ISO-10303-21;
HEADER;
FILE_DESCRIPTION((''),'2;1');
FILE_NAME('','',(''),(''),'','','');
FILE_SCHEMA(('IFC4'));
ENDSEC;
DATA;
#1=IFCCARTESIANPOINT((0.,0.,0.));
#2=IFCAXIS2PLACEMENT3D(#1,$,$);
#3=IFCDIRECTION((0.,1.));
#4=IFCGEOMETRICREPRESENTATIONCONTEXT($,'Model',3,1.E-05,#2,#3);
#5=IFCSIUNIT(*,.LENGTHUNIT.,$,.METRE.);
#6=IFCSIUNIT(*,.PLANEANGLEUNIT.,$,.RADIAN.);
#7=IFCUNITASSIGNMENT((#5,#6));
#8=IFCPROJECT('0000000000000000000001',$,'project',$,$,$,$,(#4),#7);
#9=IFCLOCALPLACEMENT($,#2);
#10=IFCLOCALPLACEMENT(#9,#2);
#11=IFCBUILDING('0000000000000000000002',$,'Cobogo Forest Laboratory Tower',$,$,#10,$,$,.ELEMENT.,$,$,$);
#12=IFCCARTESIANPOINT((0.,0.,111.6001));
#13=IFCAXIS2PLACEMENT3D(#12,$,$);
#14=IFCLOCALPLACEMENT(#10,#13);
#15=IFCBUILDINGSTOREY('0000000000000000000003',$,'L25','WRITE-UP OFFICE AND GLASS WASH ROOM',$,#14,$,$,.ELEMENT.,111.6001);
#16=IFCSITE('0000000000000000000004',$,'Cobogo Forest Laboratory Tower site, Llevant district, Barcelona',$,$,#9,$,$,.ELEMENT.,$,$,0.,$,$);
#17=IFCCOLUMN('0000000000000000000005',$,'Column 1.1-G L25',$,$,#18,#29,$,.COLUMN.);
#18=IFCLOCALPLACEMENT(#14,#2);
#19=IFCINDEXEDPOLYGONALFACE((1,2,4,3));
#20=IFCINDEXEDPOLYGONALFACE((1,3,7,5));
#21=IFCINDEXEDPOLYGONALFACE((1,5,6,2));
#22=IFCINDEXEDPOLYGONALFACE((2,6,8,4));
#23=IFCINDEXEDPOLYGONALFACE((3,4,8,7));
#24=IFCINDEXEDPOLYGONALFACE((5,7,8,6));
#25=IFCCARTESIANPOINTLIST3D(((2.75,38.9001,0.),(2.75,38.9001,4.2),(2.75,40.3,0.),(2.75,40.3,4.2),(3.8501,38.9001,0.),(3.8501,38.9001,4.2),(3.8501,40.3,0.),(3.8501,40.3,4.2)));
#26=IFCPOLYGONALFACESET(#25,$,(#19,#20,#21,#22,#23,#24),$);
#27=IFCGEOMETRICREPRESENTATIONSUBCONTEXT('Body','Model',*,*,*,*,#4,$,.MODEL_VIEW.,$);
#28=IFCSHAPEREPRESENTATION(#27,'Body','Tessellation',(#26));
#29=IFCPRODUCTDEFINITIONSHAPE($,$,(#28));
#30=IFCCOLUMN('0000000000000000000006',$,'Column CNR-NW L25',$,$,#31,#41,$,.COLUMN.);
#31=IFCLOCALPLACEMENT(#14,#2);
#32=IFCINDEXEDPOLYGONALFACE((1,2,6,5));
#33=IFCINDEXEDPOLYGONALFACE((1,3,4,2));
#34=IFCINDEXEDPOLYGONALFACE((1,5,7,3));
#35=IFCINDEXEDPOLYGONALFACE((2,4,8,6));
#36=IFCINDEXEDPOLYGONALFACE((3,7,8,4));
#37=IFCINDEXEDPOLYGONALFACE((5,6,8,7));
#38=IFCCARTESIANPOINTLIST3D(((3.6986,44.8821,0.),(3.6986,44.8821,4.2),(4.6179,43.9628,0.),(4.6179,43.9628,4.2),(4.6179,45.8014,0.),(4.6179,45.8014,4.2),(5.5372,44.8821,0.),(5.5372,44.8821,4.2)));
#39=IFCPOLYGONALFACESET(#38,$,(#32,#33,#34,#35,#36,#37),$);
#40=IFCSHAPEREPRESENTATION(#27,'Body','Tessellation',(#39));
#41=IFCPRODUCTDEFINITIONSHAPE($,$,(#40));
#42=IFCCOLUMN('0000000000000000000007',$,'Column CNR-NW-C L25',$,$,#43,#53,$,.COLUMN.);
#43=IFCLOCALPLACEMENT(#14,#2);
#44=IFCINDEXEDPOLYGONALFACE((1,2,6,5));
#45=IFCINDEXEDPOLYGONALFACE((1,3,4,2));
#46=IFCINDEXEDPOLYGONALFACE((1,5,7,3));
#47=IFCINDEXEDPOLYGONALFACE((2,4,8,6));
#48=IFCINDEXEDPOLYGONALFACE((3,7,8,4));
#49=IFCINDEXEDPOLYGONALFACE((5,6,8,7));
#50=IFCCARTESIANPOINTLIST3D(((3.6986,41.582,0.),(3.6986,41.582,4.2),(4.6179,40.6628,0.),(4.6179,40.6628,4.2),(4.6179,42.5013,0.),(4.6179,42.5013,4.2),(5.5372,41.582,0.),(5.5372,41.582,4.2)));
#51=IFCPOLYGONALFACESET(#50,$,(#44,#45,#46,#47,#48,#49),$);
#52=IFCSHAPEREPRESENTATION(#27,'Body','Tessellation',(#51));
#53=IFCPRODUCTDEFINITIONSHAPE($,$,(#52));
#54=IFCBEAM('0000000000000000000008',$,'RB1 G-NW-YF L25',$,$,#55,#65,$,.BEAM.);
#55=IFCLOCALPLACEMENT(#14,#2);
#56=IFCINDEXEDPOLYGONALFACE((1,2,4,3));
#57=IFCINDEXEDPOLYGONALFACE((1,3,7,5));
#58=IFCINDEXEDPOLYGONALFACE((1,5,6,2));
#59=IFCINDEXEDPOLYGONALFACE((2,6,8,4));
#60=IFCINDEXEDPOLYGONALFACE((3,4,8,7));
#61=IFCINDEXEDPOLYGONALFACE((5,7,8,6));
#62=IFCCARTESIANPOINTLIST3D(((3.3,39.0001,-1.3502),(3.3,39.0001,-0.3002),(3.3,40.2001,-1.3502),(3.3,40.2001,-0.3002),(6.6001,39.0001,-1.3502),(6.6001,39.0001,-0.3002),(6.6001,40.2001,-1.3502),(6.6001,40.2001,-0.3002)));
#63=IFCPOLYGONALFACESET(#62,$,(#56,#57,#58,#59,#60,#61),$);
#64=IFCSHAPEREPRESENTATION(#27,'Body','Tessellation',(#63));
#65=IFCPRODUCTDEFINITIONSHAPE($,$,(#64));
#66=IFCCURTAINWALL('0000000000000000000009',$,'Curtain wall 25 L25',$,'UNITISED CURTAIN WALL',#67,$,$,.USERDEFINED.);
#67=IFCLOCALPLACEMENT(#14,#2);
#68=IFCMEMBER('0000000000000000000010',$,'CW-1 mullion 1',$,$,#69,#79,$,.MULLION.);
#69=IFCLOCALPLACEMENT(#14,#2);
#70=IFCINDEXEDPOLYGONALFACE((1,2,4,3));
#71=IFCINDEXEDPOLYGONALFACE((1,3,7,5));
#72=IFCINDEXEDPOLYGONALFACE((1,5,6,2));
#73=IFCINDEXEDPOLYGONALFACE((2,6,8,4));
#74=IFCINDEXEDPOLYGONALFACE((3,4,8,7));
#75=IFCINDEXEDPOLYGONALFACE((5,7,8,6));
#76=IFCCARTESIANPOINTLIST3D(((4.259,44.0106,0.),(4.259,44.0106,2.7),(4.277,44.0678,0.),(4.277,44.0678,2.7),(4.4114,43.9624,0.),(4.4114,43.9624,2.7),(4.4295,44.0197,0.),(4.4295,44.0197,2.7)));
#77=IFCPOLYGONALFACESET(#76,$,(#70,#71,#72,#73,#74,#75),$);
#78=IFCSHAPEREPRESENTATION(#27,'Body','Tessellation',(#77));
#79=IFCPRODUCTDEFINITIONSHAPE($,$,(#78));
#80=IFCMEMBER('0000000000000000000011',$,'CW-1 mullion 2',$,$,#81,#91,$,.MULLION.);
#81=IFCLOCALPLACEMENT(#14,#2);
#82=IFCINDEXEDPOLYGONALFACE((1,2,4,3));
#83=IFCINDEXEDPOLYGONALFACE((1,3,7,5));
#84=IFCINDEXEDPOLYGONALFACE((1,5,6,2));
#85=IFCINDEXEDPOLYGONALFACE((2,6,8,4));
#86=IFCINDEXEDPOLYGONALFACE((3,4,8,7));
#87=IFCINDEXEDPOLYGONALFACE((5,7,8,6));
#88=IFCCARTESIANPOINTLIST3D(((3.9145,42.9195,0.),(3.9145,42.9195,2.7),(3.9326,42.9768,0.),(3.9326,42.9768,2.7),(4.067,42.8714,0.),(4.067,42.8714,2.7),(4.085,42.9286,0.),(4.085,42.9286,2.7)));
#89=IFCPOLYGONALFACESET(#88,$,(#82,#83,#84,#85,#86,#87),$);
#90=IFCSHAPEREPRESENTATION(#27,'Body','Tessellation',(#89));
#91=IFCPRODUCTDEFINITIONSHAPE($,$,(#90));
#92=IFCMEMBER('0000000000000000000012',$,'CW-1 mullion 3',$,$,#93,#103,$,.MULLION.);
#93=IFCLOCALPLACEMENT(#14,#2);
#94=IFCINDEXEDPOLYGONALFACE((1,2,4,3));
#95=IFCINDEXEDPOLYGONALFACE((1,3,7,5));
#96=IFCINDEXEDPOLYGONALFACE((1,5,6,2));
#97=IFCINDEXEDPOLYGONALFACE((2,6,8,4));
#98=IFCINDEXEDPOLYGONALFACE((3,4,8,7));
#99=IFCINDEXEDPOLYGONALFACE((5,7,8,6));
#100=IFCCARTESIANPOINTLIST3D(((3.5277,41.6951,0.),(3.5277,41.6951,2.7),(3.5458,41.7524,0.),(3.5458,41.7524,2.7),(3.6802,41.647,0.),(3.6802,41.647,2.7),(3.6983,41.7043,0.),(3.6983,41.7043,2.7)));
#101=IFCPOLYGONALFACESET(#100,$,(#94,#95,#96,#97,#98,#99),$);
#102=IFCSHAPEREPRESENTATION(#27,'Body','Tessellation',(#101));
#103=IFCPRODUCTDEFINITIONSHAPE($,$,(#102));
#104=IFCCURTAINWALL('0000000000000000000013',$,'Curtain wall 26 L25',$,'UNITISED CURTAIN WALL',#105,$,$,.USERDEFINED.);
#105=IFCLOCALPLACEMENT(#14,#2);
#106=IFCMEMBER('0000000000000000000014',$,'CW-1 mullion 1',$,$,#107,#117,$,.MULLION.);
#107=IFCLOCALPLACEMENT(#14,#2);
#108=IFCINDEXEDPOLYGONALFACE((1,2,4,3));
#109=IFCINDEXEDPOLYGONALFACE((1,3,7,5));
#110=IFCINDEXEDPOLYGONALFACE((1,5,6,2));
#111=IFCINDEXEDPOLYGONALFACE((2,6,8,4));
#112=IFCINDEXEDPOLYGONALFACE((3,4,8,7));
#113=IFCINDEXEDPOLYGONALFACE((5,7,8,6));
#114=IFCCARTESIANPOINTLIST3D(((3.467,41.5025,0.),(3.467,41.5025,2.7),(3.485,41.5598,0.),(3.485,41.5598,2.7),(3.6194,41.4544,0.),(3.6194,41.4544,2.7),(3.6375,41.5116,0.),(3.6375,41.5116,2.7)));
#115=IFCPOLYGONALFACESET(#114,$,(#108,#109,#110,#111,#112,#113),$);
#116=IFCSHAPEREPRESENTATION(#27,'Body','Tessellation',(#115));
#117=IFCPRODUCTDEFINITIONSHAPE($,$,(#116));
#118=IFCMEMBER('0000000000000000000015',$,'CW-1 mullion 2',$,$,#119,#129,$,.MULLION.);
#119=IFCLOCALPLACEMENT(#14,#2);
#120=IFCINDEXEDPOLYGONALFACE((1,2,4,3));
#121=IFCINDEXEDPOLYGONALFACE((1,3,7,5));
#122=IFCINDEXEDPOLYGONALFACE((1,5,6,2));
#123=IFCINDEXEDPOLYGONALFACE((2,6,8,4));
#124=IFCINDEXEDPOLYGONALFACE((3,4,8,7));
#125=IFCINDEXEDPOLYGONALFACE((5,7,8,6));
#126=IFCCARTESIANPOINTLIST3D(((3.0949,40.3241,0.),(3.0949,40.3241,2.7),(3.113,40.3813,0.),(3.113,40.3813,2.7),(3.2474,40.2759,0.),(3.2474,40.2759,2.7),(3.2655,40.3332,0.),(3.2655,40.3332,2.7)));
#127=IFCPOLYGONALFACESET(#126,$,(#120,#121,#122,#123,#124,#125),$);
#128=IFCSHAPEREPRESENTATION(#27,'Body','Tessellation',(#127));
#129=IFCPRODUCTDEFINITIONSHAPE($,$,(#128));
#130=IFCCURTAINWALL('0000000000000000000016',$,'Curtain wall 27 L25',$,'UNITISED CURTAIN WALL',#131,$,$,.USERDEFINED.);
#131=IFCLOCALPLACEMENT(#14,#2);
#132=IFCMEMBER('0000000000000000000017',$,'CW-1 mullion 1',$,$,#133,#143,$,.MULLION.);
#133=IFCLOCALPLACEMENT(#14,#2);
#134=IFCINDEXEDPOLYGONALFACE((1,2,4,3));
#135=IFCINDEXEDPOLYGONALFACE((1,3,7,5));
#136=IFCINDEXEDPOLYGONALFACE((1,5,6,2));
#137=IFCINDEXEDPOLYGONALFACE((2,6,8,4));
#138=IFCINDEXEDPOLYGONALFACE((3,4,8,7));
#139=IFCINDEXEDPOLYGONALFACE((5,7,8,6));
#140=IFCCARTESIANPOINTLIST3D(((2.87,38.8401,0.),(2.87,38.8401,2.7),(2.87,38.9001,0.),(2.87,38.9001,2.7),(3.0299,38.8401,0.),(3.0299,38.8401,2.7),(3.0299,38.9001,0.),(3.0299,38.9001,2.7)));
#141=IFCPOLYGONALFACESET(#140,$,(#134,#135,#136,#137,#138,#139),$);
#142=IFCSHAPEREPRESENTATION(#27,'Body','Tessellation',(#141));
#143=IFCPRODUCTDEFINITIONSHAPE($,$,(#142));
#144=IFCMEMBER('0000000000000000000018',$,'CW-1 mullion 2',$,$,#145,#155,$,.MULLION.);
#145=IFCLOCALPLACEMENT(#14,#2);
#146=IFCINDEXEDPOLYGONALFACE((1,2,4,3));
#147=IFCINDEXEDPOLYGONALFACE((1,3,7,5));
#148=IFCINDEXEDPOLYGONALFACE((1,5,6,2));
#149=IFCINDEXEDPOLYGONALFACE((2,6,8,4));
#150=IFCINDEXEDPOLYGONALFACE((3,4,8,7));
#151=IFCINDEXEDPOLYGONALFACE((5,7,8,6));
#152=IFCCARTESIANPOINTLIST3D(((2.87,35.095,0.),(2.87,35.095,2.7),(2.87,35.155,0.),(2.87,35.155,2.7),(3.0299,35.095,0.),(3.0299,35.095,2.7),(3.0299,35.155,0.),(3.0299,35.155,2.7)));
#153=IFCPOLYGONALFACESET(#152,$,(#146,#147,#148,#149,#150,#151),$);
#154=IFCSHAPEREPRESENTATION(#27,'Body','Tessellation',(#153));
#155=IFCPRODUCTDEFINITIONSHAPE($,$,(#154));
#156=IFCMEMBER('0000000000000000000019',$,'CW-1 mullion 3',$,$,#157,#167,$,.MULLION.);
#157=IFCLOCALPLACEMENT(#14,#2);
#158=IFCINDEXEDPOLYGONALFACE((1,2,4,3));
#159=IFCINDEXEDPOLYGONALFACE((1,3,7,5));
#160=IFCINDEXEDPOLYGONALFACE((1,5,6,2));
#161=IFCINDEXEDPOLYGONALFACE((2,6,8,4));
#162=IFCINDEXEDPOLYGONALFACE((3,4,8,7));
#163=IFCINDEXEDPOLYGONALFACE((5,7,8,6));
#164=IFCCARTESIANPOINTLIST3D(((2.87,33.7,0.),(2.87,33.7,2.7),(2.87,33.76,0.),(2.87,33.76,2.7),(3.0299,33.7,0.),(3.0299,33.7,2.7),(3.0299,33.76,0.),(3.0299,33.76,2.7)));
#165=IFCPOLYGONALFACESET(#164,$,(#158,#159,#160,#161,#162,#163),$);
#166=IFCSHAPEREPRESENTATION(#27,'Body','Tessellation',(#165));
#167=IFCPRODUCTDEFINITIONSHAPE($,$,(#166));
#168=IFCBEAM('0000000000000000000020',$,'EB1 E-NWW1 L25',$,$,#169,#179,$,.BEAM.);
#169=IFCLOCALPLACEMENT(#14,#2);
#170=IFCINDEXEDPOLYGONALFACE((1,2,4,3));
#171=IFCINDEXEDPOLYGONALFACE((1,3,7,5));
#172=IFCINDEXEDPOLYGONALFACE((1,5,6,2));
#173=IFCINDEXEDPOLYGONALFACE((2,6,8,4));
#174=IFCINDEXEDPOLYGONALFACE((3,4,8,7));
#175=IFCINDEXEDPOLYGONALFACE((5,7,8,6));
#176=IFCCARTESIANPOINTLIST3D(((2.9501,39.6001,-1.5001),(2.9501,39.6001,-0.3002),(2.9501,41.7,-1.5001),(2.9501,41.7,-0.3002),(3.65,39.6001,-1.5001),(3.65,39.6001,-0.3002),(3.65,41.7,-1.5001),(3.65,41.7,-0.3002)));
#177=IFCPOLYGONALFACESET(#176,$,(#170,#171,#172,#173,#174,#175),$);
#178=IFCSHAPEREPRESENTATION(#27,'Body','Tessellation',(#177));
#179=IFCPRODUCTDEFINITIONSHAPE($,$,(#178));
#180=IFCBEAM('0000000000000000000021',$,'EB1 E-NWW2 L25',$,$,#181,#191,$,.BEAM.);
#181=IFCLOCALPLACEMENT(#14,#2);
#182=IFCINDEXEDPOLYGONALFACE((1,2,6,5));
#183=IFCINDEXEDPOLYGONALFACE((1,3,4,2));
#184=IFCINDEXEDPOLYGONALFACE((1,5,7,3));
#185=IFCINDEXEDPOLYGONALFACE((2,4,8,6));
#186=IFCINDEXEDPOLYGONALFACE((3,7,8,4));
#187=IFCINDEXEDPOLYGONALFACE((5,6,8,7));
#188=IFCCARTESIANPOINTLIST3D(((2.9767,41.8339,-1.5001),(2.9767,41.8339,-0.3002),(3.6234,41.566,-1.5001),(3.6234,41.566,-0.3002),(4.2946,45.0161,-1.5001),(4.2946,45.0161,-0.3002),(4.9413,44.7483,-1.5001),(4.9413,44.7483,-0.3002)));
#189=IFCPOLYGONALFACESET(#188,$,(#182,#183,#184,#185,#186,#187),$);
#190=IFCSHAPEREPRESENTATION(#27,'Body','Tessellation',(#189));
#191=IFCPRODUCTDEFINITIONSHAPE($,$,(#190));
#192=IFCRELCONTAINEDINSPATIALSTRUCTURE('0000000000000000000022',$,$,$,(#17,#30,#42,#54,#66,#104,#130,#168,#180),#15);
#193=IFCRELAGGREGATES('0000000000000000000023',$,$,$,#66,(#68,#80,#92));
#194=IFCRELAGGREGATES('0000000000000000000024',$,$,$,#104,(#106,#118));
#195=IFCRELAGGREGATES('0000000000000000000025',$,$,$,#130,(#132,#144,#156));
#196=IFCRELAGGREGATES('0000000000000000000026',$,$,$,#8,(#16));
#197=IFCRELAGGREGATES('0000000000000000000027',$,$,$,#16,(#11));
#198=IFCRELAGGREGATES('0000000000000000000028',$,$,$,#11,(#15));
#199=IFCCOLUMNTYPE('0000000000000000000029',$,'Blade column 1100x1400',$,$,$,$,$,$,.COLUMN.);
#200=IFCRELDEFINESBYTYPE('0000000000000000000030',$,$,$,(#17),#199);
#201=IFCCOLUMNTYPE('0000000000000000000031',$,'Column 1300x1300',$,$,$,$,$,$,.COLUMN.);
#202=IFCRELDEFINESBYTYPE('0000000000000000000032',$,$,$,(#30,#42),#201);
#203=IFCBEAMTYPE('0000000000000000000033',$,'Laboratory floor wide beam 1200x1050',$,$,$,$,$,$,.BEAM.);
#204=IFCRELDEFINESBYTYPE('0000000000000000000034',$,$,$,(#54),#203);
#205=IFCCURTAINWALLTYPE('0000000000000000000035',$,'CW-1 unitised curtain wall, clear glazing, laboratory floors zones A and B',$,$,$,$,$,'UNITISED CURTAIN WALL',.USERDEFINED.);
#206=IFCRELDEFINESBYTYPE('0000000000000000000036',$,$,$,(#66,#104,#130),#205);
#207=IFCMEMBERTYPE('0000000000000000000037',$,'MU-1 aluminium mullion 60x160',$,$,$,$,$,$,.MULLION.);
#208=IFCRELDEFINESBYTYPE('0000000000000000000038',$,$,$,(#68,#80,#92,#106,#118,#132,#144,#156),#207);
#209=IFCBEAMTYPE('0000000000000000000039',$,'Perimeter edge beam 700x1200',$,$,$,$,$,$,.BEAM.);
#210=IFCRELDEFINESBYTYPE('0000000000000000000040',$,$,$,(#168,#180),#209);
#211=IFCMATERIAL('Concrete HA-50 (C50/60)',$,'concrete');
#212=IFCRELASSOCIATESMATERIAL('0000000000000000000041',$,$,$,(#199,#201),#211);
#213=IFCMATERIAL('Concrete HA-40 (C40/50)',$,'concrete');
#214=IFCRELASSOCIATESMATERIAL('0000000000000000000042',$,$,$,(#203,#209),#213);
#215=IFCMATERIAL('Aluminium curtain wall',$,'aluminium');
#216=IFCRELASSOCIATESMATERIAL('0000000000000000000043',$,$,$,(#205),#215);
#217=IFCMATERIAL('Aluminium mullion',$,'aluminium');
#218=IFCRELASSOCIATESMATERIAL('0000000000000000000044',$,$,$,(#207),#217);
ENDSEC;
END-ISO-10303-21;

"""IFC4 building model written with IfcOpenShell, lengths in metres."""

from ifc_helpers import new_model, si_unit, direction, frame, origin, origin_2d, place, context, subcontext, project, spatial, rectangle, extrude, material, material_profile, profile_set, type_object, element, aggregate, save


model = new_model("IFC4")

# Units and contexts
model_context = context("Model", 3, precision=1e-05, world=origin(), true_north=direction((0.0, 1.0)))
body_context = subcontext(model_context, "Body", "Model", "MODEL_VIEW")
ifc_project = project(units=[si_unit("LENGTHUNIT", "METRE"), si_unit("PLANEANGLEUNIT", "RADIAN")], contexts=[model_context])

# Site, building, storey
site_placement = place(None, origin())
site = spatial("IfcSite", under=ifc_project, at=site_placement, Name="Cobogo Forest Laboratory Tower site, Llevant district, Barcelona", CompositionType="ELEMENT", RefElevation=0.0)
building_placement = place(site_placement, origin())
building = spatial("IfcBuilding", under=site, at=building_placement, Name="Cobogo Forest Laboratory Tower", CompositionType="ELEMENT")
storey_placement = place(building_placement, frame((0.0, 0.0, 111.6001)))
storey = spatial("IfcBuildingStorey", under=building, at=storey_placement, Name="L25", Description="WRITE-UP OFFICE AND GLASS WASH ROOM", CompositionType="ELEMENT", Elevation=111.6001)

# Columns
ifc_material_1 = material(Name="Concrete HA-50 (C50/60)", Category="concrete")
ifc_material_profile_1 = material_profile(ifc_material_1, rectangle(XDim=1.3999, YDim=1.1001, at=origin_2d()), Name="RC 1100x1400")
ifc_profile_set_1 = profile_set([ifc_material_profile_1], Name="Concrete HA-50 (C50/60)")
column_type_1 = type_object("IfcColumnType", Name="Blade column 1100x1400", PredefinedType="COLUMN", material=ifc_profile_set_1)
column_placement = place(storey_placement, frame((3.3, 39.6001, 0.0), z_axis=(0.0, 0.0, 1.0), x_axis=(0.0, 1.0, 0.0)))
element("IfcColumn", 1, at=column_placement, inside=storey, type_object=column_type_1, Name="Column 1.1-G L25", PredefinedType="COLUMN", context=body_context, shape_type="SweptSolid", body=[
    extrude(rectangle(XDim=1.3999, YDim=1.1001, at=origin_2d()), origin(), (0.0, 0.0, 1.0), 4.2),
])
ifc_material_profile_2 = material_profile(ifc_material_1, rectangle(XDim=1.3, YDim=1.3, at=origin_2d()), Name="RC 1300x1300")
ifc_profile_set_2 = profile_set([ifc_material_profile_2], Name="Concrete HA-50 (C50/60)")
column_type_2 = type_object("IfcColumnType", Name="Column 1300x1300", PredefinedType="COLUMN", material=ifc_profile_set_2)
for number, where, z_axis, x_axis, name in (
    (2, (4.6179, 44.8821, 0.0), (0.0, 0.0, 1.0), (0.707107, 0.707107, 0.0), "Column CNR-NW L25"),
    (3, (4.6179, 41.582, 0.0), (0.0, 0.0, 1.0), (0.707107, 0.707107, 0.0), "Column CNR-NW-C L25"),
):
    element("IfcColumn", number, at=place(storey_placement, frame(where, z_axis=z_axis, x_axis=x_axis)), inside=storey, type_object=column_type_2, Name=name, PredefinedType="COLUMN", context=body_context, shape_type="SweptSolid", body=[
        extrude(rectangle(XDim=1.3, YDim=1.3, at=origin_2d()), origin(), (0.0, 0.0, 1.0), 4.2),
    ])

# Beam
ifc_material_2 = material(Name="Concrete HA-40 (C40/50)", Category="concrete")
ifc_material_profile_3 = material_profile(ifc_material_2, rectangle(XDim=1.2, YDim=1.05, at=origin_2d()), Name="RC 1200x1050")
ifc_profile_set_3 = profile_set([ifc_material_profile_3], Name="Concrete HA-40 (C40/50)")
beam_type_1 = type_object("IfcBeamType", Name="Laboratory floor wide beam 1200x1050", PredefinedType="BEAM", material=ifc_profile_set_3)
beam_1_placement = place(storey_placement, frame((3.3, 39.6001, -0.8252), z_axis=(1.0, 0.0, 0.0), x_axis=(0.0, 1.0, 0.0)))
element("IfcBeam", 4, at=beam_1_placement, inside=storey, type_object=beam_type_1, Name="RB1 G-NW-YF L25", PredefinedType="BEAM", context=body_context, shape_type="SweptSolid", body=[
    extrude(rectangle(XDim=1.2, YDim=1.05, at=origin_2d()), origin(), (0.0, 0.0, 1.0), 3.3),
])

# Curtain walls, members
ifc_material_3 = material(Name="Aluminium curtain wall", Category="aluminium")
curtain_wall_type = type_object("IfcCurtainWallType", Name="CW-1 unitised curtain wall, clear glazing, laboratory floors zones A and B", ElementType="UNITISED CURTAIN WALL", PredefinedType="USERDEFINED", material=ifc_material_3)
curtain_wall_1_placement = place(storey_placement, origin())
curtain_wall_1 = element("IfcCurtainWall", 5, at=curtain_wall_1_placement, inside=storey, type_object=curtain_wall_type, Name="Curtain wall 25 L25", ObjectType="UNITISED CURTAIN WALL", PredefinedType="USERDEFINED")
ifc_material_4 = material(Name="Aluminium mullion", Category="aluminium")
ifc_material_profile_4 = material_profile(ifc_material_4, rectangle(XDim=0.0601, YDim=0.1599, at=origin_2d()), Name="AL 60x160")
ifc_profile_set_4 = profile_set([ifc_material_profile_4], Name="Aluminium mullion")
member_type_1 = type_object("IfcMemberType", Name="MU-1 aluminium mullion 60x160", PredefinedType="MULLION", material=ifc_profile_set_4)
member_1_placement = place(storey_placement, frame((4.3442, 44.0151, 0.0), z_axis=(0.0, 0.0, 1.0), x_axis=(-0.301135, -0.953581, 0.0)))
member_1 = element("IfcMember", 6, at=member_1_placement, type_object=member_type_1, Name="CW-1 mullion 1", PredefinedType="MULLION", context=body_context, shape_type="SweptSolid", body=[
    extrude(rectangle(XDim=0.0601, YDim=0.1599, at=origin_2d()), origin(), (0.0, 0.0, 1.0), 2.7),
])
member_2_placement = place(storey_placement, frame((3.9998, 42.9241, 0.0), z_axis=(0.0, 0.0, 1.0), x_axis=(-0.301135, -0.953581, 0.0)))
member_2 = element("IfcMember", 7, at=member_2_placement, type_object=member_type_1, Name="CW-1 mullion 2", PredefinedType="MULLION", context=body_context, shape_type="SweptSolid", body=[
    extrude(rectangle(XDim=0.0601, YDim=0.1599, at=origin_2d()), origin(), (0.0, 0.0, 1.0), 2.7),
])
member_3_placement = place(storey_placement, frame((3.613, 41.6997, 0.0), z_axis=(0.0, 0.0, 1.0), x_axis=(-0.301135, -0.953581, 0.0)))
member_3 = element("IfcMember", 8, at=member_3_placement, type_object=member_type_1, Name="CW-1 mullion 3", PredefinedType="MULLION", context=body_context, shape_type="SweptSolid", body=[
    extrude(rectangle(XDim=0.0601, YDim=0.1599, at=origin_2d()), origin(), (0.0, 0.0, 1.0), 2.7),
])
curtain_wall_2_placement = place(storey_placement, origin())
curtain_wall_2 = element("IfcCurtainWall", 9, at=curtain_wall_2_placement, inside=storey, type_object=curtain_wall_type, Name="Curtain wall 26 L25", ObjectType="UNITISED CURTAIN WALL", PredefinedType="USERDEFINED")
member_4_placement = place(storey_placement, frame((3.5522, 41.5071, 0.0), z_axis=(0.0, 0.0, 1.0), x_axis=(-0.301135, -0.953581, 0.0)))
member_4 = element("IfcMember", 10, at=member_4_placement, type_object=member_type_1, Name="CW-1 mullion 1", PredefinedType="MULLION", context=body_context, shape_type="SweptSolid", body=[
    extrude(rectangle(XDim=0.0601, YDim=0.1599, at=origin_2d()), origin(), (0.0, 0.0, 1.0), 2.7),
])
member_5_placement = place(storey_placement, frame((3.1802, 40.3286, 0.0), z_axis=(0.0, 0.0, 1.0), x_axis=(-0.301135, -0.953581, 0.0)))
member_5 = element("IfcMember", 11, at=member_5_placement, type_object=member_type_1, Name="CW-1 mullion 2", PredefinedType="MULLION", context=body_context, shape_type="SweptSolid", body=[
    extrude(rectangle(XDim=0.0601, YDim=0.1599, at=origin_2d()), origin(), (0.0, 0.0, 1.0), 2.7),
])
curtain_wall_3_placement = place(storey_placement, origin())
curtain_wall_3 = element("IfcCurtainWall", 12, at=curtain_wall_3_placement, inside=storey, type_object=curtain_wall_type, Name="Curtain wall 27 L25", ObjectType="UNITISED CURTAIN WALL", PredefinedType="USERDEFINED")
member_6_placement = place(storey_placement, frame((2.95, 38.8701, 0.0), z_axis=(0.0, 0.0, 1.0), x_axis=(0.0, -1.0, 0.0)))
member_6 = element("IfcMember", 13, at=member_6_placement, type_object=member_type_1, Name="CW-1 mullion 1", PredefinedType="MULLION", context=body_context, shape_type="SweptSolid", body=[
    extrude(rectangle(XDim=0.0601, YDim=0.1599, at=origin_2d()), origin(), (0.0, 0.0, 1.0), 2.7),
])
member_7_placement = place(storey_placement, frame((2.95, 35.125, 0.0), z_axis=(0.0, 0.0, 1.0), x_axis=(0.0, -1.0, 0.0)))
member_7 = element("IfcMember", 14, at=member_7_placement, type_object=member_type_1, Name="CW-1 mullion 2", PredefinedType="MULLION", context=body_context, shape_type="SweptSolid", body=[
    extrude(rectangle(XDim=0.0601, YDim=0.1599, at=origin_2d()), origin(), (0.0, 0.0, 1.0), 2.7),
])
member_8_placement = place(storey_placement, frame((2.95, 33.73, 0.0), z_axis=(0.0, 0.0, 1.0), x_axis=(0.0, -1.0, 0.0)))
member_8 = element("IfcMember", 15, at=member_8_placement, type_object=member_type_1, Name="CW-1 mullion 3", PredefinedType="MULLION", context=body_context, shape_type="SweptSolid", body=[
    extrude(rectangle(XDim=0.0601, YDim=0.1599, at=origin_2d()), origin(), (0.0, 0.0, 1.0), 2.7),
])

# Beams
ifc_material_profile_5 = material_profile(ifc_material_2, rectangle(XDim=0.7, YDim=1.2, at=origin_2d()), Name="RC 700x1200")
ifc_profile_set_5 = profile_set([ifc_material_profile_5], Name="Concrete HA-40 (C40/50)")
beam_type_2 = type_object("IfcBeamType", Name="Perimeter edge beam 700x1200", PredefinedType="BEAM", material=ifc_profile_set_5)
beam_2_placement = place(storey_placement, frame((3.3, 39.6001, -0.9001), z_axis=(0.0, 1.0, 0.0), x_axis=(-1.0, 0.0, 0.0)))
element("IfcBeam", 16, at=beam_2_placement, inside=storey, type_object=beam_type_2, Name="EB1 E-NWW1 L25", PredefinedType="BEAM", context=body_context, shape_type="SweptSolid", body=[
    extrude(rectangle(XDim=0.7, YDim=1.2, at=origin_2d()), origin(), (0.0, 0.0, 1.0), 2.0999),
])
beam_3_placement = place(storey_placement, frame((3.3, 41.7, -0.9001), z_axis=(0.382631, 0.923901, 0.0), x_axis=(-0.923901, 0.382631, 0.0)))
element("IfcBeam", 17, at=beam_3_placement, inside=storey, type_object=beam_type_2, Name="EB1 E-NWW2 L25", PredefinedType="BEAM", context=body_context, shape_type="SweptSolid", body=[
    extrude(rectangle(XDim=0.7, YDim=1.2, at=origin_2d()), origin(), (0.0, 0.0, 1.0), 3.4443),
])

aggregate(curtain_wall_1, [member_1, member_2, member_3])
aggregate(curtain_wall_2, [member_4, member_5])
aggregate(curtain_wall_3, [member_6, member_7, member_8])

save(model, "model.ifc")
